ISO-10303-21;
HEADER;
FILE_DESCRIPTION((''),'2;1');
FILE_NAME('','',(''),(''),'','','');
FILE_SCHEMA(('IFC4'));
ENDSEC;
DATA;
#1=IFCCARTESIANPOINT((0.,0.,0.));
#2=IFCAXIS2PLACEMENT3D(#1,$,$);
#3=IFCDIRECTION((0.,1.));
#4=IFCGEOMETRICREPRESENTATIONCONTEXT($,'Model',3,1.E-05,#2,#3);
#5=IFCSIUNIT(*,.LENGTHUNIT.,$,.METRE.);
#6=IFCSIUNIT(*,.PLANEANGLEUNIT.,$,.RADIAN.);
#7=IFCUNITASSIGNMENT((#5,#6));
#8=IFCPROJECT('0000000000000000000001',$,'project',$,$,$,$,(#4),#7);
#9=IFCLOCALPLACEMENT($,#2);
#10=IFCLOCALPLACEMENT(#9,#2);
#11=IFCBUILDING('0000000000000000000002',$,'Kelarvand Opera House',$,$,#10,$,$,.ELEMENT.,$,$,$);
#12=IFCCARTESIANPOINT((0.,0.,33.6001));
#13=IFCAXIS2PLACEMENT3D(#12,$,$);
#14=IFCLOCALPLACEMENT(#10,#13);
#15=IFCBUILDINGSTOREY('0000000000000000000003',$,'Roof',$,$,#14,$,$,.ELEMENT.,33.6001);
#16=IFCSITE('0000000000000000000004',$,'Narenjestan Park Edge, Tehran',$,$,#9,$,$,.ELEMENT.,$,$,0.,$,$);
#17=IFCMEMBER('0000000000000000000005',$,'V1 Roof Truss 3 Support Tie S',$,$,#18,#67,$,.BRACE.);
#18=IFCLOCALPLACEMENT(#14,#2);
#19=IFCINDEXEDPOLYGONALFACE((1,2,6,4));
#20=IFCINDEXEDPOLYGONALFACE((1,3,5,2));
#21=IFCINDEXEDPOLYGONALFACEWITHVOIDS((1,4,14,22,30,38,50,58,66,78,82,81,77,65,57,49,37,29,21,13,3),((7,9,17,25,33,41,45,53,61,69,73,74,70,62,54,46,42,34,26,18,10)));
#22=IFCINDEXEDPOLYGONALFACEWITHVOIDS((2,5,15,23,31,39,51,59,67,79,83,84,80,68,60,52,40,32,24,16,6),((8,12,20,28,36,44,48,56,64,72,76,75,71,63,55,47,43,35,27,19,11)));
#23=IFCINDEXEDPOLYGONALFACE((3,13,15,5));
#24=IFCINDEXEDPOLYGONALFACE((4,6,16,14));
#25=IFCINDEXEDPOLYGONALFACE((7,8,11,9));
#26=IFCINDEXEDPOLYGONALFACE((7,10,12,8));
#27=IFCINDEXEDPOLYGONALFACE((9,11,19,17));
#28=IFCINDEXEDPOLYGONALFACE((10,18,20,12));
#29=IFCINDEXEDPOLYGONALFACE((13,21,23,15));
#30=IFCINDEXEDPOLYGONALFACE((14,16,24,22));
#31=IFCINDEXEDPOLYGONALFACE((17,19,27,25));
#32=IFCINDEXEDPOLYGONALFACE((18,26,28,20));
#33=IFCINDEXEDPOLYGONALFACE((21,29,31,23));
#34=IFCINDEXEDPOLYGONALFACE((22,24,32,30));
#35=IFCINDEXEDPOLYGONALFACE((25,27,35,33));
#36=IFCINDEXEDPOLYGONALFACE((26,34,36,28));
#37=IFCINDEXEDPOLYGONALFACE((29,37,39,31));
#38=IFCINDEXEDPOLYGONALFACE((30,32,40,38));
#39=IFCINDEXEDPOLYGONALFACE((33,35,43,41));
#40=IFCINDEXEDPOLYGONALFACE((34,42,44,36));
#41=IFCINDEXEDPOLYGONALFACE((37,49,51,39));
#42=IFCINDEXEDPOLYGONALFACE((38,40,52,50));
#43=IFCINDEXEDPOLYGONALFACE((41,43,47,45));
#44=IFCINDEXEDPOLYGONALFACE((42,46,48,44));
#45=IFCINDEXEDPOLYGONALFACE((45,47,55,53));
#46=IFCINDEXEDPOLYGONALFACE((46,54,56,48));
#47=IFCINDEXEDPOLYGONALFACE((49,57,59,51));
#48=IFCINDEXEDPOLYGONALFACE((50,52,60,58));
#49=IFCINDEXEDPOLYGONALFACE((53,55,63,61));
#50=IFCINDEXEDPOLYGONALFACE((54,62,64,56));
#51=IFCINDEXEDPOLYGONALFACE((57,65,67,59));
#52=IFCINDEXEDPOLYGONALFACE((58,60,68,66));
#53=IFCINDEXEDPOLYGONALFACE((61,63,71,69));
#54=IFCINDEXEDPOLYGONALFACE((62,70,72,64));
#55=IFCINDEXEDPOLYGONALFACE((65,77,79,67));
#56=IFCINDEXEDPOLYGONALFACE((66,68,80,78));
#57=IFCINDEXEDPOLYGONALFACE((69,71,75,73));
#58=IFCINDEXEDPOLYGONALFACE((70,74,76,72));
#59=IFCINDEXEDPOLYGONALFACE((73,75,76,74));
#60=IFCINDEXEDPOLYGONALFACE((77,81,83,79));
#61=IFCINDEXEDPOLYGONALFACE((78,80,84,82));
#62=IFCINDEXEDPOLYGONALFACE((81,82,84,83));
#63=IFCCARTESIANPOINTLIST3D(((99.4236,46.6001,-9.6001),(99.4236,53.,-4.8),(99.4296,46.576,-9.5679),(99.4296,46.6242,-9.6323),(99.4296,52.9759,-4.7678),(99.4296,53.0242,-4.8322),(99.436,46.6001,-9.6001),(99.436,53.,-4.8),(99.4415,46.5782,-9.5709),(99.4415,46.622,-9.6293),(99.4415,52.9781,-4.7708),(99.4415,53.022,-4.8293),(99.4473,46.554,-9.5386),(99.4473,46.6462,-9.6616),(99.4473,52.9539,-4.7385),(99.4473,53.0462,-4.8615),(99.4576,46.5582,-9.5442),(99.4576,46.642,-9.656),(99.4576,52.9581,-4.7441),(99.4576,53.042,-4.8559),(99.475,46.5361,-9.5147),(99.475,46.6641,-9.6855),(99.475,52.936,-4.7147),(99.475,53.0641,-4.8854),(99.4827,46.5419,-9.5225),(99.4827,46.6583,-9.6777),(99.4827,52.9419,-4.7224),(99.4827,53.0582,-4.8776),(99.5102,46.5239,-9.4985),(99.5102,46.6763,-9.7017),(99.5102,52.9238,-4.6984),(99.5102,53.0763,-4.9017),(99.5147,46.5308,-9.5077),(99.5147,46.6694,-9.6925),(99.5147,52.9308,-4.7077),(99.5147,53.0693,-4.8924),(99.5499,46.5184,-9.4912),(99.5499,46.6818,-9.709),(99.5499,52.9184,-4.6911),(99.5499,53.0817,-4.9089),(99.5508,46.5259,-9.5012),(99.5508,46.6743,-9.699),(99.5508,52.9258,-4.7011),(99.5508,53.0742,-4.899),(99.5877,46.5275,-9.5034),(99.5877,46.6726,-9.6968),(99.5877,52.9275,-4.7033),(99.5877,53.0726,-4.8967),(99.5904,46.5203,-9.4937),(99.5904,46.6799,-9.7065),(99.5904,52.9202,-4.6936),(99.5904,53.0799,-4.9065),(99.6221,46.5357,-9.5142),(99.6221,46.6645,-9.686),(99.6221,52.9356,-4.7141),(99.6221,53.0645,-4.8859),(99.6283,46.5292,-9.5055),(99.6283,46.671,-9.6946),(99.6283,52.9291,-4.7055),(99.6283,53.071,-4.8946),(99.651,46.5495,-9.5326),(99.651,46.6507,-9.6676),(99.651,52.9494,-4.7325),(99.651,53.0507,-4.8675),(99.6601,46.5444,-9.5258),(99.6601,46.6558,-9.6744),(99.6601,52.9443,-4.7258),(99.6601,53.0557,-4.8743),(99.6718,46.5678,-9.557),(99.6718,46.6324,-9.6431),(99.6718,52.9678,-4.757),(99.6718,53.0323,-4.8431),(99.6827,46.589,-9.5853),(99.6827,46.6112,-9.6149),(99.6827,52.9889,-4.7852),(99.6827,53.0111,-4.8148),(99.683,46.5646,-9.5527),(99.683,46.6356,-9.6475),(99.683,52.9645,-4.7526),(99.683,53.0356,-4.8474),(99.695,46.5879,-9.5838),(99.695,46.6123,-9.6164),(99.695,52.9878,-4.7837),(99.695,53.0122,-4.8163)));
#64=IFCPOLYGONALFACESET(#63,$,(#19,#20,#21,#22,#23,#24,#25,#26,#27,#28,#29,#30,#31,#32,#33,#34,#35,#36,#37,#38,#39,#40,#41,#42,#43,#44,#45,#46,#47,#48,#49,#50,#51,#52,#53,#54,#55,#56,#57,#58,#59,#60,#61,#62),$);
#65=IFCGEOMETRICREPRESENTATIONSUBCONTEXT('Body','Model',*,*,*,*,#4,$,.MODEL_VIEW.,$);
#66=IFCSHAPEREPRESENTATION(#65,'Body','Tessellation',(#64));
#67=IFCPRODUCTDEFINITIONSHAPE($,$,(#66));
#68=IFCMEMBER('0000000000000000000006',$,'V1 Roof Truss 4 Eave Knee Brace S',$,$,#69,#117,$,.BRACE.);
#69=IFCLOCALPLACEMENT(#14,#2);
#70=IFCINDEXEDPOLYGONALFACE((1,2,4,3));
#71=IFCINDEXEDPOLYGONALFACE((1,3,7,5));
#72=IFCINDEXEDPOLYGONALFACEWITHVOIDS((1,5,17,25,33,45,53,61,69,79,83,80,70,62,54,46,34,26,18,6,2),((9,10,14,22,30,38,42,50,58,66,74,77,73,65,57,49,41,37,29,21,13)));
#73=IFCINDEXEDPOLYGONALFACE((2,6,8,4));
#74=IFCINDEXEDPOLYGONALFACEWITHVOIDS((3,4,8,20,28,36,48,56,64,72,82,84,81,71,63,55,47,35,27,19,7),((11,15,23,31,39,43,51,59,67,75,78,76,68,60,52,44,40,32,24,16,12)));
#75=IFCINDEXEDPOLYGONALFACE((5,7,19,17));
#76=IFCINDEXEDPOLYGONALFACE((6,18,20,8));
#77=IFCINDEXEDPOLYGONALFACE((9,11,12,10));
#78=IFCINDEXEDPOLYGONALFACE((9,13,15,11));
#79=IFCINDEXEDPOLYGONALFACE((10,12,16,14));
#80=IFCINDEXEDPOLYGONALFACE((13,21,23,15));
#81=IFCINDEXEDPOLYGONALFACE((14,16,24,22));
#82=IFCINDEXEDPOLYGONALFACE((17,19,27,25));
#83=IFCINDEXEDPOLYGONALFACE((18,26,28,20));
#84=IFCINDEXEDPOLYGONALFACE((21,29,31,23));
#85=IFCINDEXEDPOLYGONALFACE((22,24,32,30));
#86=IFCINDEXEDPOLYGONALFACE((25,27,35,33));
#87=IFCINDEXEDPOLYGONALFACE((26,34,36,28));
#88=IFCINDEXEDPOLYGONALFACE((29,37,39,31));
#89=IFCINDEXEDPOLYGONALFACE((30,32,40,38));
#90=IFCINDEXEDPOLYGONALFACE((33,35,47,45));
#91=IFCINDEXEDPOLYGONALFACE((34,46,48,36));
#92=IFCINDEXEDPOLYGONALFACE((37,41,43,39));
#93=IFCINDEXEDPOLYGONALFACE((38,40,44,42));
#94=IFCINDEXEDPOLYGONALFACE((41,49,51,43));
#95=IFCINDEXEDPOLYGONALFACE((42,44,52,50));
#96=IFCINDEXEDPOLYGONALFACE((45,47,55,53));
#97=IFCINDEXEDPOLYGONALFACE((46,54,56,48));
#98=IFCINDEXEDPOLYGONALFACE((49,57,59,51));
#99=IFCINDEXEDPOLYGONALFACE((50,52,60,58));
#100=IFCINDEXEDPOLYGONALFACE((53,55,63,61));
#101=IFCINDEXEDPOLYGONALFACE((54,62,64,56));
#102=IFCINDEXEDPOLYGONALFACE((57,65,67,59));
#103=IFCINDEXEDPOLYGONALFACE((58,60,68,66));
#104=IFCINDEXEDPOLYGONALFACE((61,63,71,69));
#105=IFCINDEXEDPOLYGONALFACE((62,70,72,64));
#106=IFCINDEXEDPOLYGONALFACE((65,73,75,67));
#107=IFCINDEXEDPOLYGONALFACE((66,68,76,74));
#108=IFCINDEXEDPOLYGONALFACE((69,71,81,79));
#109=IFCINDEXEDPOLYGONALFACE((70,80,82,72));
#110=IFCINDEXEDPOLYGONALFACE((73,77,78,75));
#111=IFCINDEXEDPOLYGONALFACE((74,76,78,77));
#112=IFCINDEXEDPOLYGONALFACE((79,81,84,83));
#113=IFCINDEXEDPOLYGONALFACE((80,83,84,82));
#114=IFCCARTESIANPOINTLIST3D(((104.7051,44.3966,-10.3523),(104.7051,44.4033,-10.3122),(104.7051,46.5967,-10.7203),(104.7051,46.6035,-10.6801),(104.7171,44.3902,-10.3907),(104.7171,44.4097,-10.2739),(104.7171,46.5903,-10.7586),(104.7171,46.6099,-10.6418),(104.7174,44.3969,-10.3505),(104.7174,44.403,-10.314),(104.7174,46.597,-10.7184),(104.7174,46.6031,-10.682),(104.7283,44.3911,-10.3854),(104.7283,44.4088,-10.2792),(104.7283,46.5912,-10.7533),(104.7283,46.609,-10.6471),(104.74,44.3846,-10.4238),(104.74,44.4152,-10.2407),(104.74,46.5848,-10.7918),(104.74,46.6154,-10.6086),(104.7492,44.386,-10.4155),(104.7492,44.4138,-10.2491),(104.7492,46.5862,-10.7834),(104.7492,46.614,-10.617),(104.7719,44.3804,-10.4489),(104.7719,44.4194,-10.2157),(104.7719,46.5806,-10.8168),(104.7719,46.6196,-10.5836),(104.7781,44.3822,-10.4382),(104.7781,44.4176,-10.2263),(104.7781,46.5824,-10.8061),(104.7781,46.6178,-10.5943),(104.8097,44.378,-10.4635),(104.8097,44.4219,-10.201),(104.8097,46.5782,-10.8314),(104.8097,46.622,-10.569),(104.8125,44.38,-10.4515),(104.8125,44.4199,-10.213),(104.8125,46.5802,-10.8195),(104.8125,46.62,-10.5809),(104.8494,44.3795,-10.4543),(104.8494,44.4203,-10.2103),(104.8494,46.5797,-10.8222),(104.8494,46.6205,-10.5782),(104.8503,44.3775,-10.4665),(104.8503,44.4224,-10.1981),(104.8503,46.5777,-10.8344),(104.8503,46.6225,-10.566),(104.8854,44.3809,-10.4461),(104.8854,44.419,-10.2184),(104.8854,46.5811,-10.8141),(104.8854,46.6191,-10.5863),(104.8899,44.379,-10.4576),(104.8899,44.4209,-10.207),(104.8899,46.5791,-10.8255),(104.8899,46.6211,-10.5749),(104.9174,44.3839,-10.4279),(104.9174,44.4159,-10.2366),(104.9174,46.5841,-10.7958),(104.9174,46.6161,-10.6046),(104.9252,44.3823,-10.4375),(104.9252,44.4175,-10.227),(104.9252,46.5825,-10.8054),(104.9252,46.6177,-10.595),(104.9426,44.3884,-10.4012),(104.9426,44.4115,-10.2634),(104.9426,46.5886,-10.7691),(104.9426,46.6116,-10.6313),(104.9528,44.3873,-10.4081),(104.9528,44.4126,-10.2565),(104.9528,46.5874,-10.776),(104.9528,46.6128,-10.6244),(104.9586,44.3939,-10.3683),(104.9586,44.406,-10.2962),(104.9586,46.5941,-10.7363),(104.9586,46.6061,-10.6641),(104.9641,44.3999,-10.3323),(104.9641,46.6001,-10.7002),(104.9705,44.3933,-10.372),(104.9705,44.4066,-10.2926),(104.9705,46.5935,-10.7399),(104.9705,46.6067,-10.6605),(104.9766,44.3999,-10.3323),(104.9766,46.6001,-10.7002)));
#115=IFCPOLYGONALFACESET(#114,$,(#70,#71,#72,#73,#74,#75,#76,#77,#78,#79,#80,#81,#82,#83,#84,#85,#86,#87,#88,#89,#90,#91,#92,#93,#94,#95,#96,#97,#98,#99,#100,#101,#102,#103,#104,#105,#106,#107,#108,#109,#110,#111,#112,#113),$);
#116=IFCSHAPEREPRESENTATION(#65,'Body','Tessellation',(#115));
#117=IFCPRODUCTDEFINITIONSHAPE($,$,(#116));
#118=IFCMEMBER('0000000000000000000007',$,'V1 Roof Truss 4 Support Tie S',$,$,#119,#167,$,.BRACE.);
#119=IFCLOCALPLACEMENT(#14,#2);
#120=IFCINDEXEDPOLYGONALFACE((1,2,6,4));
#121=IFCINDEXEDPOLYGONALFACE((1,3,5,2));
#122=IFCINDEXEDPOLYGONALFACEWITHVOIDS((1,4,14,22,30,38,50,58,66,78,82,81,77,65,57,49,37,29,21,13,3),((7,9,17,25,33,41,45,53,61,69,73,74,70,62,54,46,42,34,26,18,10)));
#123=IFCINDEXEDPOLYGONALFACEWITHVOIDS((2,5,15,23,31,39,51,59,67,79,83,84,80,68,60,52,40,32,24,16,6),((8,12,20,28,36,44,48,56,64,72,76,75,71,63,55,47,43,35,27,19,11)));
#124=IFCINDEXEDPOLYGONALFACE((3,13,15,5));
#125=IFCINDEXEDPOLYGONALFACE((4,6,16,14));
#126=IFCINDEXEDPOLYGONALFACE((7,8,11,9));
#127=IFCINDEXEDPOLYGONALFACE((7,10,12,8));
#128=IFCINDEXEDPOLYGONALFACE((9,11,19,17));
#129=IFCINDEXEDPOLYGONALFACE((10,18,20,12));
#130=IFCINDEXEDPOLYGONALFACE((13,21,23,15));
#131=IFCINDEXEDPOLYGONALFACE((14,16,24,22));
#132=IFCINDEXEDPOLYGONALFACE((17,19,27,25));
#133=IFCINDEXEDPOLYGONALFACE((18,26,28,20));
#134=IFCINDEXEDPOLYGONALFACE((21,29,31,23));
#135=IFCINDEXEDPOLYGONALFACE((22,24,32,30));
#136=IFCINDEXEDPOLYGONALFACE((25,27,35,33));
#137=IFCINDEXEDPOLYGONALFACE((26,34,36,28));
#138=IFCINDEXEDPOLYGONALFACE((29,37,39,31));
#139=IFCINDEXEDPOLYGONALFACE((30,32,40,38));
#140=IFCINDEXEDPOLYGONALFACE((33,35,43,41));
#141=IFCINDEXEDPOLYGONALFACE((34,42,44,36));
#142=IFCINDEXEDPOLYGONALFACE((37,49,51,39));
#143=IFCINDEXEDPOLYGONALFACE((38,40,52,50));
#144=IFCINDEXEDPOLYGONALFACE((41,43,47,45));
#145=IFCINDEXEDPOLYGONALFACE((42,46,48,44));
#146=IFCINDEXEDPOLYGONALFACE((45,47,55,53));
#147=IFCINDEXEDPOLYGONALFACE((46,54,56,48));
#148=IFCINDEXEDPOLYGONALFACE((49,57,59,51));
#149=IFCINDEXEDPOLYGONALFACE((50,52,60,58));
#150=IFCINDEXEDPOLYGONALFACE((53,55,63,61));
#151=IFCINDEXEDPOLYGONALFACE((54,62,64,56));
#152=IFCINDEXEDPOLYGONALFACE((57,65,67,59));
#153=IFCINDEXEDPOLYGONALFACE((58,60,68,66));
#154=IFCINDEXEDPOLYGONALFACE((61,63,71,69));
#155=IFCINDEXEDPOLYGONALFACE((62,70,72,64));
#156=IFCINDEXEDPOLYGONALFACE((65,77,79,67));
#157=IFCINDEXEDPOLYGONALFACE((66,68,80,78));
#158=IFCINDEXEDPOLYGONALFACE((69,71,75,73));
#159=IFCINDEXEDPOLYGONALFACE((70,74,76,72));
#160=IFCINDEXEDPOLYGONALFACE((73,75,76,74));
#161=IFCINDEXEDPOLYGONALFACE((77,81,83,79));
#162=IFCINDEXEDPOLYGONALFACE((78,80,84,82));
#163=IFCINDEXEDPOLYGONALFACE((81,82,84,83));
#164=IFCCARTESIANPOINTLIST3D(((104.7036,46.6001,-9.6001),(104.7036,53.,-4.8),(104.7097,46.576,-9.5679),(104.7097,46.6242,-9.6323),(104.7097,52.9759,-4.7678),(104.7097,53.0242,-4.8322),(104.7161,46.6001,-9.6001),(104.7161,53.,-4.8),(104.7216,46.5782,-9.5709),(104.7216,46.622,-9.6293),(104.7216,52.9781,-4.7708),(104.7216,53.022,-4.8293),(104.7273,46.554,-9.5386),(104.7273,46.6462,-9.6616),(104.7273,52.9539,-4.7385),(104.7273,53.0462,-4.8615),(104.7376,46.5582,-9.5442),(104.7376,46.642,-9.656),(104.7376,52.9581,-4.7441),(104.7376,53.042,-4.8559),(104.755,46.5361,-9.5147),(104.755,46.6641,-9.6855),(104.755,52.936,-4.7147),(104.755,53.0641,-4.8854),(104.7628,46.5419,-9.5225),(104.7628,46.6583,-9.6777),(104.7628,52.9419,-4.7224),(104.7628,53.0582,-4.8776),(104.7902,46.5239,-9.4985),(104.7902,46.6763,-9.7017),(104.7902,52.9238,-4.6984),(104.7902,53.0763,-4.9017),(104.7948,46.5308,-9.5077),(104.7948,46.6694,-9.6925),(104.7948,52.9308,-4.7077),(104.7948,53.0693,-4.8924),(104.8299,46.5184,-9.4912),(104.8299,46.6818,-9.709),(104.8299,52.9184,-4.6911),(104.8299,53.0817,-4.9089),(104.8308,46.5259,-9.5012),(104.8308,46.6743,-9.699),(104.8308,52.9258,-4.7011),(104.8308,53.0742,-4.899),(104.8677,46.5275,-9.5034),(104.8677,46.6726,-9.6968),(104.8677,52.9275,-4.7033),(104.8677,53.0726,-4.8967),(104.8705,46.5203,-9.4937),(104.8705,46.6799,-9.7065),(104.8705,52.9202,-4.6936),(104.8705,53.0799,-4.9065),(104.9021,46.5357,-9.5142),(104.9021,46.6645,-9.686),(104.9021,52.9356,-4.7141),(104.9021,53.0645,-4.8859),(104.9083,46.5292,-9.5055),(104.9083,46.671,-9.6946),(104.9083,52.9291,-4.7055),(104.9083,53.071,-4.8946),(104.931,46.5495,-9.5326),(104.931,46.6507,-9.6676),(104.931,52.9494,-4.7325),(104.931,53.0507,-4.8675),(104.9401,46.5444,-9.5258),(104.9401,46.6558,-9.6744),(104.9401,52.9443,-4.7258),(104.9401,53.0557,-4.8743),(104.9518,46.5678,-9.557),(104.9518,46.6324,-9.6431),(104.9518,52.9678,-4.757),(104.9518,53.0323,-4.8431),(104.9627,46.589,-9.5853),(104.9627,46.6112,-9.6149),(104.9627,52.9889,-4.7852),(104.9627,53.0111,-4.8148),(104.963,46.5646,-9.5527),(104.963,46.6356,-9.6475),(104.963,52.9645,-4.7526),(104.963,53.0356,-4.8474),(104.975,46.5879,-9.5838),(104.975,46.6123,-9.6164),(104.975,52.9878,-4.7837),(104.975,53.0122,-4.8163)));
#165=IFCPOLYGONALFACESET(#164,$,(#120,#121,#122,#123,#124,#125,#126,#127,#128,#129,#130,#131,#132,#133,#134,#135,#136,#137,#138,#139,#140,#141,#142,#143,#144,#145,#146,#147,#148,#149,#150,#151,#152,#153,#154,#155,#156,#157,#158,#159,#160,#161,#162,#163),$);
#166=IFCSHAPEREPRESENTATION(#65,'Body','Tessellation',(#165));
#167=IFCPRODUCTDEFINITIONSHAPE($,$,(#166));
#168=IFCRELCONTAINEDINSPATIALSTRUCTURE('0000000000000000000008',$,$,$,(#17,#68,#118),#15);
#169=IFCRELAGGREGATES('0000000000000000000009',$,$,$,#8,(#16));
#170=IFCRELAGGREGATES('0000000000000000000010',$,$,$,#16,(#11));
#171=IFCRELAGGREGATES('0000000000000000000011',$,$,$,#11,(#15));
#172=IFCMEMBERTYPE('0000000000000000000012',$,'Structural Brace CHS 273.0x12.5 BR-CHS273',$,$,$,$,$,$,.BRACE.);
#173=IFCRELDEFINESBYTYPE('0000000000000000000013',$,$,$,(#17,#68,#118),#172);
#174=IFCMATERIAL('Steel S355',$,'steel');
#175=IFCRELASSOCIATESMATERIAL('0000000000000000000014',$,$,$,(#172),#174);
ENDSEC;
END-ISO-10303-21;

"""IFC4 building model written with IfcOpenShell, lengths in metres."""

from ifc_helpers import new_model, si_unit, direction, frame, origin, origin_2d, place, context, subcontext, project, spatial, hollow_circle, extrude, material, material_profile, profile_set, type_object, element, save


model = new_model("IFC4")

# Units and contexts
model_context = context("Model", 3, precision=1e-05, world=origin(), true_north=direction((0.0, 1.0)))
body_context = subcontext(model_context, "Body", "Model", "MODEL_VIEW")
ifc_project = project(units=[si_unit("LENGTHUNIT", "METRE"), si_unit("PLANEANGLEUNIT", "RADIAN")], contexts=[model_context])

# Site, building, storey
site_placement = place(None, origin())
site = spatial("IfcSite", under=ifc_project, at=site_placement, Name="Narenjestan Park Edge, Tehran", CompositionType="ELEMENT", RefElevation=0.0)
building_placement = place(site_placement, origin())
building = spatial("IfcBuilding", under=site, at=building_placement, Name="Kelarvand Opera House", CompositionType="ELEMENT")
storey_placement = place(building_placement, frame((0.0, 0.0, 33.6001)))
storey = spatial("IfcBuildingStorey", under=building, at=storey_placement, Name="Roof", CompositionType="ELEMENT", Elevation=33.6001)

# Members
ifc_material = material(Name="Steel S355", Category="steel")
ifc_material_profile_1 = material_profile(ifc_material, hollow_circle(Radius=0.1365, WallThickness=0.0125, at=origin_2d()), Name="CHS 273.0x12.5", Category="steel")
ifc_profile_set_1 = profile_set([ifc_material_profile_1], Name="Steel S355")
member_type_1 = type_object("IfcMemberType", Name="Structural Brace CHS 273.0x12.5 BR-CHS273", PredefinedType="BRACE", material=ifc_profile_set_1)
member_1_placement = place(storey_placement, frame((99.5601, 46.6001, -9.6001), z_axis=(0.0, 0.799993, 0.60001), x_axis=(-1.0, 0.0, 0.0)))
element("IfcMember", 1, at=member_1_placement, inside=storey, type_object=member_type_1, Name="V1 Roof Truss 3 Support Tie S", PredefinedType="BRACE", context=body_context, shape_type="SweptSolid", body=[
    extrude(hollow_circle(Radius=0.1365, WallThickness=0.0125, at=origin_2d()), origin(), (0.0, 0.0, 1.0), 8.0),
])
member_2_placement = place(storey_placement, frame((104.8401, 46.6001, -10.7002), z_axis=(0.0, -0.986305, 0.164931), x_axis=(1.0, 0.0, 0.0)))
element("IfcMember", 2, at=member_2_placement, inside=storey, type_object=member_type_1, Name="V1 Roof Truss 4 Eave Knee Brace S", PredefinedType="BRACE", context=body_context, shape_type="SweptSolid", body=[
    extrude(hollow_circle(Radius=0.1365, WallThickness=0.0125, at=origin_2d()), origin(), (0.0, 0.0, 1.0), 2.2307),
])
member_3_placement = place(storey_placement, frame((104.8401, 46.6001, -9.6001), z_axis=(0.0, 0.799993, 0.60001), x_axis=(-1.0, 0.0, 0.0)))
element("IfcMember", 3, at=member_3_placement, inside=storey, type_object=member_type_1, Name="V1 Roof Truss 4 Support Tie S", PredefinedType="BRACE", context=body_context, shape_type="SweptSolid", body=[
    extrude(hollow_circle(Radius=0.1365, WallThickness=0.0125, at=origin_2d()), origin(), (0.0, 0.0, 1.0), 8.0),
])

save(model, "model.ifc")
